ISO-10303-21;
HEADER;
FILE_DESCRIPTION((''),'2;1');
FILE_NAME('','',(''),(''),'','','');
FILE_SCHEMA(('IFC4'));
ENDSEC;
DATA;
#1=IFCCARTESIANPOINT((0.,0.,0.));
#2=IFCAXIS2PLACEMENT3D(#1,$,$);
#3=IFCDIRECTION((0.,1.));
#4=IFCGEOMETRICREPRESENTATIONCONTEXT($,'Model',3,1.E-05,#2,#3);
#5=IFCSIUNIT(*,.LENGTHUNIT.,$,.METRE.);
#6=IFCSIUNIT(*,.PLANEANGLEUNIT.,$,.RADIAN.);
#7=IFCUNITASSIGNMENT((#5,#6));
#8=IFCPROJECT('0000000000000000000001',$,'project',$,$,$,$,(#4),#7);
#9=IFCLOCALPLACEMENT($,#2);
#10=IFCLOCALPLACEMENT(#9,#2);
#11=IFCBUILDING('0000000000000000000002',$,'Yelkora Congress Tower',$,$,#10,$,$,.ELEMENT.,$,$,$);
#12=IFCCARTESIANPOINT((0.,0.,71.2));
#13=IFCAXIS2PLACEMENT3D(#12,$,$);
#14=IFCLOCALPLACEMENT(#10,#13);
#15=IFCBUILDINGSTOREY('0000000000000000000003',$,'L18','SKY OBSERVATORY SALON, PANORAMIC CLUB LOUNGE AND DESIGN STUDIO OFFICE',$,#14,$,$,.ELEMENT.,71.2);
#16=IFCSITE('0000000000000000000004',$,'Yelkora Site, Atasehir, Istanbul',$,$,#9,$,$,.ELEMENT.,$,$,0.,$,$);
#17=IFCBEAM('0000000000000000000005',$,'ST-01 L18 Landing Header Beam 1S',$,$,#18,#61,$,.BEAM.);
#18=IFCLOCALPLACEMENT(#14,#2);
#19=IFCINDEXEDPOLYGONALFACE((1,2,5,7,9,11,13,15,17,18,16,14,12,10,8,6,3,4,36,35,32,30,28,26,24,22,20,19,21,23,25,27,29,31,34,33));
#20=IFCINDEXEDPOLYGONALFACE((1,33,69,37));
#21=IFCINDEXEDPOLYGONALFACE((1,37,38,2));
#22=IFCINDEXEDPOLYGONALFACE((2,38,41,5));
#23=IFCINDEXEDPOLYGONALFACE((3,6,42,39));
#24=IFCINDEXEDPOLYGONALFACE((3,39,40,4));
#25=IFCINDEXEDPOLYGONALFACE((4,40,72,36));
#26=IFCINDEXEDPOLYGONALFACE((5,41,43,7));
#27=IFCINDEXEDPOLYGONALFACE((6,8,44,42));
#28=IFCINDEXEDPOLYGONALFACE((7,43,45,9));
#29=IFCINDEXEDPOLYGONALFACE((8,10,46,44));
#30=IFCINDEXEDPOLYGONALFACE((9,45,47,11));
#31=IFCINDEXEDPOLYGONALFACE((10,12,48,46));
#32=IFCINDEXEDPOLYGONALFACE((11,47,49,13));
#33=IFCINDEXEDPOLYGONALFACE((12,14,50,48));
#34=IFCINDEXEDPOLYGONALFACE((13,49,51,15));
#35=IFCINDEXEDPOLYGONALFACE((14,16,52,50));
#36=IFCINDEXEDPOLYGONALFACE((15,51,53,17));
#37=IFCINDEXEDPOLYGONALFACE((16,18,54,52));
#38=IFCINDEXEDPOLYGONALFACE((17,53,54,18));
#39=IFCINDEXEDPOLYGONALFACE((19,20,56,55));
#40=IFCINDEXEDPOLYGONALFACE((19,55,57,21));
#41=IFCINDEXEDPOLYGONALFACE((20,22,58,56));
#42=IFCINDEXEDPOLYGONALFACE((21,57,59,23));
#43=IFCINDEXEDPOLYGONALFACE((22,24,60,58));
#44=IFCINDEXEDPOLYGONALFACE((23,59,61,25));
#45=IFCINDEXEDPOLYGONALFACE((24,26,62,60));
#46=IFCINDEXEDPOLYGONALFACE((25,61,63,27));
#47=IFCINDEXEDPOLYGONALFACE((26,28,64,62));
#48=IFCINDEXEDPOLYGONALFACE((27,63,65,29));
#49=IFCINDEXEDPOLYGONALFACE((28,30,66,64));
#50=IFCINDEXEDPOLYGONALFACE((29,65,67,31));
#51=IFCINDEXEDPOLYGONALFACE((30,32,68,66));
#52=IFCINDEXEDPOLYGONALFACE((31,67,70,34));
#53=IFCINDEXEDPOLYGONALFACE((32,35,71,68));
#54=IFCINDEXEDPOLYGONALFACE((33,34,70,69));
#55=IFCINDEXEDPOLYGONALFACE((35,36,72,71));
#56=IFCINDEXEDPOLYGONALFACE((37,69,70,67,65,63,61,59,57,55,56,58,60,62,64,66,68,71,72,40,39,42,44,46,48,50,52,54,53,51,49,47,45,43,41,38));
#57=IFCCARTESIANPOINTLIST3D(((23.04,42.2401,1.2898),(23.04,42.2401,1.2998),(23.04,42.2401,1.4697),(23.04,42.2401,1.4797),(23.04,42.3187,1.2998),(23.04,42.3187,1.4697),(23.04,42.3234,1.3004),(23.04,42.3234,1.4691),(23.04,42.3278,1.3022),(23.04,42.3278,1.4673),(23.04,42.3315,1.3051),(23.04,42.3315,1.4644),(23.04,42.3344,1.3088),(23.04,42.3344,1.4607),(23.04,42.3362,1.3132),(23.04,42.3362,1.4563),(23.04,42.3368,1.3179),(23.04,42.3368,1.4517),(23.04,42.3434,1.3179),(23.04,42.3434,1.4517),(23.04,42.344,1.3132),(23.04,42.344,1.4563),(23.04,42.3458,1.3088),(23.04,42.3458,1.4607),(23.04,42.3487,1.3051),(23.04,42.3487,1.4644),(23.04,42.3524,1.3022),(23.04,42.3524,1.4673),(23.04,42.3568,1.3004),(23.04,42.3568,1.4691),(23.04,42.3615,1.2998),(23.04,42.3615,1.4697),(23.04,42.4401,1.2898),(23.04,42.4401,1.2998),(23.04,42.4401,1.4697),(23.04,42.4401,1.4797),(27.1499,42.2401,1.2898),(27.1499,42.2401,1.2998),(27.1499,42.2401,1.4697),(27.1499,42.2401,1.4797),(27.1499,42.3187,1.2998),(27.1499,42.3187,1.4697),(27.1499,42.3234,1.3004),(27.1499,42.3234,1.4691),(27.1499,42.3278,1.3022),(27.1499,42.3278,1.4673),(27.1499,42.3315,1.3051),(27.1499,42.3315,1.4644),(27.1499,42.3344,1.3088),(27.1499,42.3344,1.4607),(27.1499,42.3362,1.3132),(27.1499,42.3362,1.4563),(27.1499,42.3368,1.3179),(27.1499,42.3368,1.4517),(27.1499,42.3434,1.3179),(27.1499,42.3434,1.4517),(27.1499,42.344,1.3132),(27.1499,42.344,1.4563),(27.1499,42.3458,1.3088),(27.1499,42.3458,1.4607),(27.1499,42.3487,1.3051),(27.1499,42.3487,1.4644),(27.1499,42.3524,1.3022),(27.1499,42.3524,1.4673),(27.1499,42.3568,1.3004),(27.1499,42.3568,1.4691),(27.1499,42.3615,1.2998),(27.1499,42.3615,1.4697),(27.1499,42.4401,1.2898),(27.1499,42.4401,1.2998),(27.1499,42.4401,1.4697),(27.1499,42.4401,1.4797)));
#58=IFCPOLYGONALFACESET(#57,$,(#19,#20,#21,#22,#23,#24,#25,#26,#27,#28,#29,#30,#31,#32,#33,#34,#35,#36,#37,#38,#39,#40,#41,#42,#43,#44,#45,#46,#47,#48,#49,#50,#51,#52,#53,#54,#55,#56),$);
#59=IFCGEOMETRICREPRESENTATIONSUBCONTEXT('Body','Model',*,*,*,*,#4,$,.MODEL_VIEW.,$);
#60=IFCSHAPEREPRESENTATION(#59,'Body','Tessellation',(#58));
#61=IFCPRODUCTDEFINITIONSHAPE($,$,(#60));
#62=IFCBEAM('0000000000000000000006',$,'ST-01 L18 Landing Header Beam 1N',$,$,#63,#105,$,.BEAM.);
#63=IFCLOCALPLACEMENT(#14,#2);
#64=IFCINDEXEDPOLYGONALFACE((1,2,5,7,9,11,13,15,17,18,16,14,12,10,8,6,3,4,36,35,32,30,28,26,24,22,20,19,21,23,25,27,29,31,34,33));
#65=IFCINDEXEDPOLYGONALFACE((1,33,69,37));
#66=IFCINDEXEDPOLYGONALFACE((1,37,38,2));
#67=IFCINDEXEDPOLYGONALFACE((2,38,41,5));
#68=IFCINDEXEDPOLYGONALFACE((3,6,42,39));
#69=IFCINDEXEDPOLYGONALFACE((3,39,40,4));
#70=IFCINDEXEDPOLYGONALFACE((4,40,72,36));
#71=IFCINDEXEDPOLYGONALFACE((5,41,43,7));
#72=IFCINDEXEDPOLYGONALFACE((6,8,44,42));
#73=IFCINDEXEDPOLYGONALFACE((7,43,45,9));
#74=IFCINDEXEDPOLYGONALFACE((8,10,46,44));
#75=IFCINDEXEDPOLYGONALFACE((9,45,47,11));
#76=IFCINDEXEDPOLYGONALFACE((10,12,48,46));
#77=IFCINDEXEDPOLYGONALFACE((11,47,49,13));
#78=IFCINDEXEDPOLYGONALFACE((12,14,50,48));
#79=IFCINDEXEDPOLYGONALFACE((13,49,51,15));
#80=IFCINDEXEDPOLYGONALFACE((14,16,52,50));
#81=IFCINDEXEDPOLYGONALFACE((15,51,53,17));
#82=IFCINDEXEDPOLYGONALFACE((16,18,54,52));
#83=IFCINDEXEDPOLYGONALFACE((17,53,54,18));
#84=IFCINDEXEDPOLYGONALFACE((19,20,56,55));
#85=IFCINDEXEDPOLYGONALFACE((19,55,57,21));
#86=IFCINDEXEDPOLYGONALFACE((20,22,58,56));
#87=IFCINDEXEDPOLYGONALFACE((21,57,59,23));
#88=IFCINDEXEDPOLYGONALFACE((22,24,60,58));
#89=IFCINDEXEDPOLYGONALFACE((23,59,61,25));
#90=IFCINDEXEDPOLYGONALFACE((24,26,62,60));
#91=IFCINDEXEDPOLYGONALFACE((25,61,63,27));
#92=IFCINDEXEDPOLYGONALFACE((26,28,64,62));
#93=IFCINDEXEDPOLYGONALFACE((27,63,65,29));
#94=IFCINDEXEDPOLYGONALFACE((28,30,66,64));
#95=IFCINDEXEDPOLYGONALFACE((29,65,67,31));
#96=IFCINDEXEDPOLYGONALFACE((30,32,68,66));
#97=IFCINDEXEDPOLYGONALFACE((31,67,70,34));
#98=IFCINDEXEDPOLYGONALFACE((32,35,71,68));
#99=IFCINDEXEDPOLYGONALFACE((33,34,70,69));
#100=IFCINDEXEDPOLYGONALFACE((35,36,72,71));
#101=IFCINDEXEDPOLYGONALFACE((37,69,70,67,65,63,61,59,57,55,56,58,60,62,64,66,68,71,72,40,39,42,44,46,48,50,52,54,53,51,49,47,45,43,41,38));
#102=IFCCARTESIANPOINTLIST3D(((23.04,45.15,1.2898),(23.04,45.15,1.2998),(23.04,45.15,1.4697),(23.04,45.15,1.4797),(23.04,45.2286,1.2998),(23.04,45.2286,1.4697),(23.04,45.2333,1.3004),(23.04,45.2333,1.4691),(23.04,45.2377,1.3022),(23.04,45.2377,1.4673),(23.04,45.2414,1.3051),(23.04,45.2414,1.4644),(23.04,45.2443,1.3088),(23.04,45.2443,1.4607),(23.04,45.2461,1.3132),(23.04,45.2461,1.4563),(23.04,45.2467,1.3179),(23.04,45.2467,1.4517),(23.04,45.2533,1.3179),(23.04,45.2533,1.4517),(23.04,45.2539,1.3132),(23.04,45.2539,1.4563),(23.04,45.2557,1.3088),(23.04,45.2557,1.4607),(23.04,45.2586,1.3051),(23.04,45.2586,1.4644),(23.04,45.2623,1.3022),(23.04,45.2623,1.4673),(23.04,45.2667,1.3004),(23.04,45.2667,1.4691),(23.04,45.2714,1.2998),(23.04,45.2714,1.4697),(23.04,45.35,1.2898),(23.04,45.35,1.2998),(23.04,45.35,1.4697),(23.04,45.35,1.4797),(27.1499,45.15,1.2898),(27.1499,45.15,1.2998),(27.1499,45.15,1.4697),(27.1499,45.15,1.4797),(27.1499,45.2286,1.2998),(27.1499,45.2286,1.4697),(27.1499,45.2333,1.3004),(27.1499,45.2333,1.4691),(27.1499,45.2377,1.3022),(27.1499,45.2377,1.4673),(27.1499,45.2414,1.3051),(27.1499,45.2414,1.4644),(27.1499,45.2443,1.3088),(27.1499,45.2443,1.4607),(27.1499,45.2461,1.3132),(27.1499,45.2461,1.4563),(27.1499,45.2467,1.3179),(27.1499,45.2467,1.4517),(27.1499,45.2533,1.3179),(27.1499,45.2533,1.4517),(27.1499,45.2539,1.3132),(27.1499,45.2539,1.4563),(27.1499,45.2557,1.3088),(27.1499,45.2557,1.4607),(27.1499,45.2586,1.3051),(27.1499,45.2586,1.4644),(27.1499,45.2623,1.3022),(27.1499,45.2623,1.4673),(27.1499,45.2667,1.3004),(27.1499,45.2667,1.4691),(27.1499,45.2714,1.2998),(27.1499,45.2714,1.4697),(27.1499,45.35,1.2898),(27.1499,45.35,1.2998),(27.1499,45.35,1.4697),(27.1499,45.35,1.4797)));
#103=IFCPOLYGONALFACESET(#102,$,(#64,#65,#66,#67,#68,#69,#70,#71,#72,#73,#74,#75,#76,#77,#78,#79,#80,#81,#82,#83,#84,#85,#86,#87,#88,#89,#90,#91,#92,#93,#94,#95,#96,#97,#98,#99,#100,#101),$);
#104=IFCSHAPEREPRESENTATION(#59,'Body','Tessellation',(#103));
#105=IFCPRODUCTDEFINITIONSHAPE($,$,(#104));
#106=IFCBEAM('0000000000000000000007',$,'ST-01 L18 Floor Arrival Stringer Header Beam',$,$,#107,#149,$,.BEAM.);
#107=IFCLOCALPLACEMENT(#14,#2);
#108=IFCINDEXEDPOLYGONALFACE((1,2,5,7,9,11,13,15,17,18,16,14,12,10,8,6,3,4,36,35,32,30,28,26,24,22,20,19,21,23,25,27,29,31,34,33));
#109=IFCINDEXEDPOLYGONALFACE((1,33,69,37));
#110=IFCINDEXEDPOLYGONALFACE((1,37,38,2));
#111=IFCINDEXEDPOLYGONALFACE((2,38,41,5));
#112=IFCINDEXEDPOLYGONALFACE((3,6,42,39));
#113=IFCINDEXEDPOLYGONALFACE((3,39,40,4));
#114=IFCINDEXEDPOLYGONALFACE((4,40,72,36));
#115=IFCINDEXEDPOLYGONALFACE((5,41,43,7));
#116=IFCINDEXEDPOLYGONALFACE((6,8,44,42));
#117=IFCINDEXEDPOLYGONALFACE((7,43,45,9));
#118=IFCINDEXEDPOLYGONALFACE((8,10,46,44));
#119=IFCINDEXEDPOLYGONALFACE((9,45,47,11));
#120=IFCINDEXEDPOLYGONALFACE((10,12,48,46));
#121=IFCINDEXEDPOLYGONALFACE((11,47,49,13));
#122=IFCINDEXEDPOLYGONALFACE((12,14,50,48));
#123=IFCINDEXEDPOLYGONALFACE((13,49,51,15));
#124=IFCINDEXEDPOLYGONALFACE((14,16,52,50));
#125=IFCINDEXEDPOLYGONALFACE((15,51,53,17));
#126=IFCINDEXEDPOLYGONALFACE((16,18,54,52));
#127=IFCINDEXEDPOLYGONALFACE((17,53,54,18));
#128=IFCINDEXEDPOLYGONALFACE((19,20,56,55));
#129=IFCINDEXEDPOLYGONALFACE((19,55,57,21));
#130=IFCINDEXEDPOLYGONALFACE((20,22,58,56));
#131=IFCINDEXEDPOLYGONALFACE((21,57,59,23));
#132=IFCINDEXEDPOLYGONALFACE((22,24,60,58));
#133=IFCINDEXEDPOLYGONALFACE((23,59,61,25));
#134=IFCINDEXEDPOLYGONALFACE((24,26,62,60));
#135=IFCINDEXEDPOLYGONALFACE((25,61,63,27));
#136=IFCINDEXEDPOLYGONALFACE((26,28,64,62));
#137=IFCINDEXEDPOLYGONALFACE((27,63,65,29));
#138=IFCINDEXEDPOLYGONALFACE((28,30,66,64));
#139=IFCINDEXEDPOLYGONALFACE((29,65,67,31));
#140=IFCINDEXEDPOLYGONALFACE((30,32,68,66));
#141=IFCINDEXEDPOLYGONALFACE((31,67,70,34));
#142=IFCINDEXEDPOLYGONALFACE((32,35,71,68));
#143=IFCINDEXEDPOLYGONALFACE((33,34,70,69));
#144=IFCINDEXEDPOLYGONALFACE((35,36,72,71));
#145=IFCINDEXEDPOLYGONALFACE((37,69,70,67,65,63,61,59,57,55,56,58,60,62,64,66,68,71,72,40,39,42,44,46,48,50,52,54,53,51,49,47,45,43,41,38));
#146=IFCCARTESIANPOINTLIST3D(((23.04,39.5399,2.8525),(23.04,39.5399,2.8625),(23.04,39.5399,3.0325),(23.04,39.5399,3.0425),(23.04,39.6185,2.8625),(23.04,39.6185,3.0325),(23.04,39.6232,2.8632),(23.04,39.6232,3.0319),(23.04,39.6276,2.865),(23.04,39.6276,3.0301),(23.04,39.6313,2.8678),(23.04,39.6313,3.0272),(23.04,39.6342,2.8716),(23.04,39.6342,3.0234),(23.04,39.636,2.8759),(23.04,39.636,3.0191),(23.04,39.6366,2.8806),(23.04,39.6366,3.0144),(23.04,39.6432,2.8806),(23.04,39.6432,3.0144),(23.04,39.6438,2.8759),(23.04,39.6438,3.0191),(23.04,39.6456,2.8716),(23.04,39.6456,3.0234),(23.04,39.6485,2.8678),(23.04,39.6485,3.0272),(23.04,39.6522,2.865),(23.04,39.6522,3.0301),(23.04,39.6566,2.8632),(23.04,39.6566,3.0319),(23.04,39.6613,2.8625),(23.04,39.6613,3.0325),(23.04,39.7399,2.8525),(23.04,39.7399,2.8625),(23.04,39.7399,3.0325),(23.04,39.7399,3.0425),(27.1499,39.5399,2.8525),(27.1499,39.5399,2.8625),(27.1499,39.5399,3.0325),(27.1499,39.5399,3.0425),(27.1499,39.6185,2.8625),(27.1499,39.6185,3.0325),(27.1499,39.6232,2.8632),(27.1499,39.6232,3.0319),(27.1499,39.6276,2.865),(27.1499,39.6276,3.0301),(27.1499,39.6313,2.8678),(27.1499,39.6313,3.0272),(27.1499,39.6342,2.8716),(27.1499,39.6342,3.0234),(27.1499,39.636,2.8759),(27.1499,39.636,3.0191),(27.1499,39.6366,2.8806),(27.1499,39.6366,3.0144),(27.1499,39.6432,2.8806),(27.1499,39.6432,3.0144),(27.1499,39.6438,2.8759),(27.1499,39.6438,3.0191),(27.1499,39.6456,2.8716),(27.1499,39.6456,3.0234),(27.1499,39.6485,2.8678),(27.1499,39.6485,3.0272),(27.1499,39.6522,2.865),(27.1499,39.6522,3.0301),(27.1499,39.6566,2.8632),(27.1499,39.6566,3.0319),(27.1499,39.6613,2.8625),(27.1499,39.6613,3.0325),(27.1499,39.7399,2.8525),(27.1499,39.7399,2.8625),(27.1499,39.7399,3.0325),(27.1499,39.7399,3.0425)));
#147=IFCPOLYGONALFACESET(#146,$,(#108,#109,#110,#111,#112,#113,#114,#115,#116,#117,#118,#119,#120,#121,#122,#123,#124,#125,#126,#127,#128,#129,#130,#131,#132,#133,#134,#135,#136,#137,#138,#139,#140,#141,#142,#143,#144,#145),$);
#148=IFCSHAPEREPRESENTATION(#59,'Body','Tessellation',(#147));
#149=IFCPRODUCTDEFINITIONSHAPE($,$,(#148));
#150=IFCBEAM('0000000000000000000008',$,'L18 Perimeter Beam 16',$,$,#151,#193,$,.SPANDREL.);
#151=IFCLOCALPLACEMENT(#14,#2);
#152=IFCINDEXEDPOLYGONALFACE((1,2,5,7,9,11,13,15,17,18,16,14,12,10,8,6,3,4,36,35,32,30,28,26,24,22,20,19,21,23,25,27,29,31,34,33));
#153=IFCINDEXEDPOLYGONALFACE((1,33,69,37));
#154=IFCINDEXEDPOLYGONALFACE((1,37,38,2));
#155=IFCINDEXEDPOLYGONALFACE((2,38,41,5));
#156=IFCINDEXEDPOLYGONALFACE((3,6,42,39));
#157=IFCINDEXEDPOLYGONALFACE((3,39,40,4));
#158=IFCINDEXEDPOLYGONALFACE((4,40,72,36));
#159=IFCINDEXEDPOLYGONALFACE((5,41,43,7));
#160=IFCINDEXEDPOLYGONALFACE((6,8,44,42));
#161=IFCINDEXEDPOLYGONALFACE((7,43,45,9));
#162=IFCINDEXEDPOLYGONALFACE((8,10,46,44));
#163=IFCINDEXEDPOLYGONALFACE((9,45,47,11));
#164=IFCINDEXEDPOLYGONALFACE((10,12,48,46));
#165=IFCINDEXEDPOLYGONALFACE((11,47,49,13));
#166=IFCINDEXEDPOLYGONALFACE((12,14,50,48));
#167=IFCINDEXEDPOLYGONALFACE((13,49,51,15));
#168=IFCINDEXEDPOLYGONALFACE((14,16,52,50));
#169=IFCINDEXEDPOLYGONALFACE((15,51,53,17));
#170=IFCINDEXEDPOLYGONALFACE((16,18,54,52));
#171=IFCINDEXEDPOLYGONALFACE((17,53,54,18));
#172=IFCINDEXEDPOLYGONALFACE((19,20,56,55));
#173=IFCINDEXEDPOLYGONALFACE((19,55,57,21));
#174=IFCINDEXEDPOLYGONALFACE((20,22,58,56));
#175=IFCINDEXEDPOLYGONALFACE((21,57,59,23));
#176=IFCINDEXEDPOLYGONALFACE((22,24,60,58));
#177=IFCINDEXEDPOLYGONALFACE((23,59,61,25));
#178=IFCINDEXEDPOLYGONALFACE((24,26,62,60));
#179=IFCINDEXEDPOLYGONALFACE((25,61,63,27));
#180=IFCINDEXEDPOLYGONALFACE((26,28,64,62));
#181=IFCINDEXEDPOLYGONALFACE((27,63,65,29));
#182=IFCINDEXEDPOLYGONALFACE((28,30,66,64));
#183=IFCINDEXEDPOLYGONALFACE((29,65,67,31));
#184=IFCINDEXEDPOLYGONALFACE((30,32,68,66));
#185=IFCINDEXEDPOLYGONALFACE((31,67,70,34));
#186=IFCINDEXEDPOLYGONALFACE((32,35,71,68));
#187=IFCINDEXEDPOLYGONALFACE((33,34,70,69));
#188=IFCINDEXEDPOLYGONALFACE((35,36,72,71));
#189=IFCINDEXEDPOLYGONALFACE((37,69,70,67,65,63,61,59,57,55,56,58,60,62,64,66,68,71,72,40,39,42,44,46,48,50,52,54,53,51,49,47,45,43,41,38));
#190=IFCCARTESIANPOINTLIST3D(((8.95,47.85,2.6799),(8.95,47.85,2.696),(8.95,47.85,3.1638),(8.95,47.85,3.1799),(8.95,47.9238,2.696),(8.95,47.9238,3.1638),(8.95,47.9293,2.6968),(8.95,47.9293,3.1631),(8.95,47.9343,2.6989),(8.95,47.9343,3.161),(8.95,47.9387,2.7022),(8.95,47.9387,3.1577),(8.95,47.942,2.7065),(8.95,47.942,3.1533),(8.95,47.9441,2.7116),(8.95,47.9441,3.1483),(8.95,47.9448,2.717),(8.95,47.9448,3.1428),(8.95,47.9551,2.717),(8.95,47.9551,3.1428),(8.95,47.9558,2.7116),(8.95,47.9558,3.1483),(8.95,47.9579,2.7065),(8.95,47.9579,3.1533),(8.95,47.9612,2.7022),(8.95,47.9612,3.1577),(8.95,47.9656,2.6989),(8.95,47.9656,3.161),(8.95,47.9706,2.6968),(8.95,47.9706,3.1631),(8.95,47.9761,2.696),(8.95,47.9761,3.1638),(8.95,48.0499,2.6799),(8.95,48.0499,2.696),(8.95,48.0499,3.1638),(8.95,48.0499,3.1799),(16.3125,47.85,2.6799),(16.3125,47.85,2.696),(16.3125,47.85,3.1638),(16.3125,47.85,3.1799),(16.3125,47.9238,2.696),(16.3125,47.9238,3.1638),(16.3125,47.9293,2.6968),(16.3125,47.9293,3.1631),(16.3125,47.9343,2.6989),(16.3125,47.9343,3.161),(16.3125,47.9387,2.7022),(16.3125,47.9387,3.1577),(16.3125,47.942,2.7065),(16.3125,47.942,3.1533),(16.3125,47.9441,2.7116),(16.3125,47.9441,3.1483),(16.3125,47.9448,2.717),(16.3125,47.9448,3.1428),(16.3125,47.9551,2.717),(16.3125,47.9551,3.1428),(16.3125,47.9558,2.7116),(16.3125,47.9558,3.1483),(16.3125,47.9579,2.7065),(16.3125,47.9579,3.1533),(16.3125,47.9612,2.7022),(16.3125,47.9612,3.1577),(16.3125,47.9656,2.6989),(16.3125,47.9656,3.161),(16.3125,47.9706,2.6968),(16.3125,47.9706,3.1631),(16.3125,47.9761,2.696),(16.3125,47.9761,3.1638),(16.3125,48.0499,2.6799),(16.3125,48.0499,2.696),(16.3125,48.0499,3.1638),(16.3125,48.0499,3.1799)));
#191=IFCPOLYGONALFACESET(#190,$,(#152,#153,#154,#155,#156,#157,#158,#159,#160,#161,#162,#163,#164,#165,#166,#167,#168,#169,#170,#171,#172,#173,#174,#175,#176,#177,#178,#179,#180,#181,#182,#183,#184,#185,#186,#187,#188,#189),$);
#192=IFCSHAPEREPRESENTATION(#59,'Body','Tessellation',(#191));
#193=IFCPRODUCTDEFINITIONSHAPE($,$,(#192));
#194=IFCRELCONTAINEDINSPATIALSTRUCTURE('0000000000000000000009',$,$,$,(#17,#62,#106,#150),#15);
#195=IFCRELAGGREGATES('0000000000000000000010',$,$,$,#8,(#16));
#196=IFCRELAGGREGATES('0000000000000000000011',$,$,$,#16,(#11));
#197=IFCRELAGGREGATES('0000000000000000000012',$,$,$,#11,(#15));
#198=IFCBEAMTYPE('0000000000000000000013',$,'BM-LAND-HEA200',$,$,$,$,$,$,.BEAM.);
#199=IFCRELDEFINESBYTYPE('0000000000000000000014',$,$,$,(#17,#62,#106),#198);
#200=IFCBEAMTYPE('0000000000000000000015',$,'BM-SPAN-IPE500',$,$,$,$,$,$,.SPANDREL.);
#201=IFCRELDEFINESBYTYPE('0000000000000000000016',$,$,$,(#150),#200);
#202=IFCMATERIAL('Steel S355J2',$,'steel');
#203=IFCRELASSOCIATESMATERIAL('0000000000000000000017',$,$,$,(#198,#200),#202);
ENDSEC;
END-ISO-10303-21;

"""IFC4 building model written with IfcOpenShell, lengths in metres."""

from ifc_helpers import new_model, si_unit, direction, frame, origin, origin_2d, place, context, subcontext, project, spatial, i_section, extrude, material, material_profile, profile_set, type_object, element, save


model = new_model("IFC4")

# Units and contexts
model_context = context("Model", 3, precision=1e-05, world=origin(), true_north=direction((0.0, 1.0)))
body_context = subcontext(model_context, "Body", "Model", "MODEL_VIEW")
ifc_project = project(units=[si_unit("LENGTHUNIT", "METRE"), si_unit("PLANEANGLEUNIT", "RADIAN")], contexts=[model_context])

# Site, building, storey
site_placement = place(None, origin())
site = spatial("IfcSite", under=ifc_project, at=site_placement, Name="Yelkora Site, Atasehir, Istanbul", CompositionType="ELEMENT", RefElevation=0.0)
building_placement = place(site_placement, origin())
building = spatial("IfcBuilding", under=site, at=building_placement, Name="Yelkora Congress Tower", CompositionType="ELEMENT")
storey_placement = place(building_placement, frame((0.0, 0.0, 71.2)))
storey = spatial("IfcBuildingStorey", under=building, at=storey_placement, Name="L18", Description="SKY OBSERVATORY SALON, PANORAMIC CLUB LOUNGE AND DESIGN STUDIO OFFICE", CompositionType="ELEMENT", Elevation=71.2)

# Beams
ifc_material_1 = material(Name="Steel S355J2", Category="steel")
ifc_material_profile_1 = material_profile(ifc_material_1, i_section(OverallWidth=0.2, OverallDepth=0.1899, WebThickness=0.0066, FlangeThickness=0.01, FilletRadius=0.0181, at=origin_2d()), Name="HEA 200")
ifc_profile_set_1 = profile_set([ifc_material_profile_1], Name="Steel S355J2")
beam_type_1 = type_object("IfcBeamType", Name="BM-LAND-HEA200", PredefinedType="BEAM", material=ifc_profile_set_1)
for number, where, z_axis, x_axis, name in (
    (1, (23.04, 42.3401, 1.3848), (1.0, 0.0, 0.0), (0.0, 1.0, 0.0), "ST-01 L18 Landing Header Beam 1S"),
    (2, (23.04, 45.25, 1.3848), (1.0, 0.0, 0.0), (0.0, 1.0, 0.0), "ST-01 L18 Landing Header Beam 1N"),
    (3, (23.04, 39.6399, 2.9475), (1.0, 0.0, 0.0), (0.0, 1.0, 0.0), "ST-01 L18 Floor Arrival Stringer Header Beam"),
):
    element("IfcBeam", number, at=place(storey_placement, frame(where, z_axis=z_axis, x_axis=x_axis)), inside=storey, type_object=beam_type_1, Name=name, PredefinedType="BEAM", context=body_context, shape_type="SweptSolid", body=[
        extrude(i_section(OverallWidth=0.2, OverallDepth=0.1899, WebThickness=0.0066, FlangeThickness=0.01, FilletRadius=0.0181, at=origin_2d()), origin(), (0.0, 0.0, 1.0), 4.1099),
    ])
ifc_material_profile_2 = material_profile(ifc_material_1, i_section(OverallWidth=0.2, OverallDepth=0.5, WebThickness=0.0103, FlangeThickness=0.0161, FilletRadius=0.021, at=origin_2d()), Name="IPE 500")
ifc_profile_set_2 = profile_set([ifc_material_profile_2], Name="Steel S355J2")
beam_type_2 = type_object("IfcBeamType", Name="BM-SPAN-IPE500", PredefinedType="SPANDREL", material=ifc_profile_set_2)
beam_1_placement = place(storey_placement, frame((16.3125, 47.95, 2.9299), z_axis=(-1.0, 0.0, 0.0), x_axis=(0.0, -1.0, 0.0)))
element("IfcBeam", 4, at=beam_1_placement, inside=storey, type_object=beam_type_2, Name="L18 Perimeter Beam 16", PredefinedType="SPANDREL", context=body_context, shape_type="SweptSolid", body=[
    extrude(i_section(OverallWidth=0.2, OverallDepth=0.5, WebThickness=0.0103, FlangeThickness=0.0161, FilletRadius=0.021, at=origin_2d()), origin(), (0.0, 0.0, 1.0), 7.3625),
])

save(model, "model.ifc")
